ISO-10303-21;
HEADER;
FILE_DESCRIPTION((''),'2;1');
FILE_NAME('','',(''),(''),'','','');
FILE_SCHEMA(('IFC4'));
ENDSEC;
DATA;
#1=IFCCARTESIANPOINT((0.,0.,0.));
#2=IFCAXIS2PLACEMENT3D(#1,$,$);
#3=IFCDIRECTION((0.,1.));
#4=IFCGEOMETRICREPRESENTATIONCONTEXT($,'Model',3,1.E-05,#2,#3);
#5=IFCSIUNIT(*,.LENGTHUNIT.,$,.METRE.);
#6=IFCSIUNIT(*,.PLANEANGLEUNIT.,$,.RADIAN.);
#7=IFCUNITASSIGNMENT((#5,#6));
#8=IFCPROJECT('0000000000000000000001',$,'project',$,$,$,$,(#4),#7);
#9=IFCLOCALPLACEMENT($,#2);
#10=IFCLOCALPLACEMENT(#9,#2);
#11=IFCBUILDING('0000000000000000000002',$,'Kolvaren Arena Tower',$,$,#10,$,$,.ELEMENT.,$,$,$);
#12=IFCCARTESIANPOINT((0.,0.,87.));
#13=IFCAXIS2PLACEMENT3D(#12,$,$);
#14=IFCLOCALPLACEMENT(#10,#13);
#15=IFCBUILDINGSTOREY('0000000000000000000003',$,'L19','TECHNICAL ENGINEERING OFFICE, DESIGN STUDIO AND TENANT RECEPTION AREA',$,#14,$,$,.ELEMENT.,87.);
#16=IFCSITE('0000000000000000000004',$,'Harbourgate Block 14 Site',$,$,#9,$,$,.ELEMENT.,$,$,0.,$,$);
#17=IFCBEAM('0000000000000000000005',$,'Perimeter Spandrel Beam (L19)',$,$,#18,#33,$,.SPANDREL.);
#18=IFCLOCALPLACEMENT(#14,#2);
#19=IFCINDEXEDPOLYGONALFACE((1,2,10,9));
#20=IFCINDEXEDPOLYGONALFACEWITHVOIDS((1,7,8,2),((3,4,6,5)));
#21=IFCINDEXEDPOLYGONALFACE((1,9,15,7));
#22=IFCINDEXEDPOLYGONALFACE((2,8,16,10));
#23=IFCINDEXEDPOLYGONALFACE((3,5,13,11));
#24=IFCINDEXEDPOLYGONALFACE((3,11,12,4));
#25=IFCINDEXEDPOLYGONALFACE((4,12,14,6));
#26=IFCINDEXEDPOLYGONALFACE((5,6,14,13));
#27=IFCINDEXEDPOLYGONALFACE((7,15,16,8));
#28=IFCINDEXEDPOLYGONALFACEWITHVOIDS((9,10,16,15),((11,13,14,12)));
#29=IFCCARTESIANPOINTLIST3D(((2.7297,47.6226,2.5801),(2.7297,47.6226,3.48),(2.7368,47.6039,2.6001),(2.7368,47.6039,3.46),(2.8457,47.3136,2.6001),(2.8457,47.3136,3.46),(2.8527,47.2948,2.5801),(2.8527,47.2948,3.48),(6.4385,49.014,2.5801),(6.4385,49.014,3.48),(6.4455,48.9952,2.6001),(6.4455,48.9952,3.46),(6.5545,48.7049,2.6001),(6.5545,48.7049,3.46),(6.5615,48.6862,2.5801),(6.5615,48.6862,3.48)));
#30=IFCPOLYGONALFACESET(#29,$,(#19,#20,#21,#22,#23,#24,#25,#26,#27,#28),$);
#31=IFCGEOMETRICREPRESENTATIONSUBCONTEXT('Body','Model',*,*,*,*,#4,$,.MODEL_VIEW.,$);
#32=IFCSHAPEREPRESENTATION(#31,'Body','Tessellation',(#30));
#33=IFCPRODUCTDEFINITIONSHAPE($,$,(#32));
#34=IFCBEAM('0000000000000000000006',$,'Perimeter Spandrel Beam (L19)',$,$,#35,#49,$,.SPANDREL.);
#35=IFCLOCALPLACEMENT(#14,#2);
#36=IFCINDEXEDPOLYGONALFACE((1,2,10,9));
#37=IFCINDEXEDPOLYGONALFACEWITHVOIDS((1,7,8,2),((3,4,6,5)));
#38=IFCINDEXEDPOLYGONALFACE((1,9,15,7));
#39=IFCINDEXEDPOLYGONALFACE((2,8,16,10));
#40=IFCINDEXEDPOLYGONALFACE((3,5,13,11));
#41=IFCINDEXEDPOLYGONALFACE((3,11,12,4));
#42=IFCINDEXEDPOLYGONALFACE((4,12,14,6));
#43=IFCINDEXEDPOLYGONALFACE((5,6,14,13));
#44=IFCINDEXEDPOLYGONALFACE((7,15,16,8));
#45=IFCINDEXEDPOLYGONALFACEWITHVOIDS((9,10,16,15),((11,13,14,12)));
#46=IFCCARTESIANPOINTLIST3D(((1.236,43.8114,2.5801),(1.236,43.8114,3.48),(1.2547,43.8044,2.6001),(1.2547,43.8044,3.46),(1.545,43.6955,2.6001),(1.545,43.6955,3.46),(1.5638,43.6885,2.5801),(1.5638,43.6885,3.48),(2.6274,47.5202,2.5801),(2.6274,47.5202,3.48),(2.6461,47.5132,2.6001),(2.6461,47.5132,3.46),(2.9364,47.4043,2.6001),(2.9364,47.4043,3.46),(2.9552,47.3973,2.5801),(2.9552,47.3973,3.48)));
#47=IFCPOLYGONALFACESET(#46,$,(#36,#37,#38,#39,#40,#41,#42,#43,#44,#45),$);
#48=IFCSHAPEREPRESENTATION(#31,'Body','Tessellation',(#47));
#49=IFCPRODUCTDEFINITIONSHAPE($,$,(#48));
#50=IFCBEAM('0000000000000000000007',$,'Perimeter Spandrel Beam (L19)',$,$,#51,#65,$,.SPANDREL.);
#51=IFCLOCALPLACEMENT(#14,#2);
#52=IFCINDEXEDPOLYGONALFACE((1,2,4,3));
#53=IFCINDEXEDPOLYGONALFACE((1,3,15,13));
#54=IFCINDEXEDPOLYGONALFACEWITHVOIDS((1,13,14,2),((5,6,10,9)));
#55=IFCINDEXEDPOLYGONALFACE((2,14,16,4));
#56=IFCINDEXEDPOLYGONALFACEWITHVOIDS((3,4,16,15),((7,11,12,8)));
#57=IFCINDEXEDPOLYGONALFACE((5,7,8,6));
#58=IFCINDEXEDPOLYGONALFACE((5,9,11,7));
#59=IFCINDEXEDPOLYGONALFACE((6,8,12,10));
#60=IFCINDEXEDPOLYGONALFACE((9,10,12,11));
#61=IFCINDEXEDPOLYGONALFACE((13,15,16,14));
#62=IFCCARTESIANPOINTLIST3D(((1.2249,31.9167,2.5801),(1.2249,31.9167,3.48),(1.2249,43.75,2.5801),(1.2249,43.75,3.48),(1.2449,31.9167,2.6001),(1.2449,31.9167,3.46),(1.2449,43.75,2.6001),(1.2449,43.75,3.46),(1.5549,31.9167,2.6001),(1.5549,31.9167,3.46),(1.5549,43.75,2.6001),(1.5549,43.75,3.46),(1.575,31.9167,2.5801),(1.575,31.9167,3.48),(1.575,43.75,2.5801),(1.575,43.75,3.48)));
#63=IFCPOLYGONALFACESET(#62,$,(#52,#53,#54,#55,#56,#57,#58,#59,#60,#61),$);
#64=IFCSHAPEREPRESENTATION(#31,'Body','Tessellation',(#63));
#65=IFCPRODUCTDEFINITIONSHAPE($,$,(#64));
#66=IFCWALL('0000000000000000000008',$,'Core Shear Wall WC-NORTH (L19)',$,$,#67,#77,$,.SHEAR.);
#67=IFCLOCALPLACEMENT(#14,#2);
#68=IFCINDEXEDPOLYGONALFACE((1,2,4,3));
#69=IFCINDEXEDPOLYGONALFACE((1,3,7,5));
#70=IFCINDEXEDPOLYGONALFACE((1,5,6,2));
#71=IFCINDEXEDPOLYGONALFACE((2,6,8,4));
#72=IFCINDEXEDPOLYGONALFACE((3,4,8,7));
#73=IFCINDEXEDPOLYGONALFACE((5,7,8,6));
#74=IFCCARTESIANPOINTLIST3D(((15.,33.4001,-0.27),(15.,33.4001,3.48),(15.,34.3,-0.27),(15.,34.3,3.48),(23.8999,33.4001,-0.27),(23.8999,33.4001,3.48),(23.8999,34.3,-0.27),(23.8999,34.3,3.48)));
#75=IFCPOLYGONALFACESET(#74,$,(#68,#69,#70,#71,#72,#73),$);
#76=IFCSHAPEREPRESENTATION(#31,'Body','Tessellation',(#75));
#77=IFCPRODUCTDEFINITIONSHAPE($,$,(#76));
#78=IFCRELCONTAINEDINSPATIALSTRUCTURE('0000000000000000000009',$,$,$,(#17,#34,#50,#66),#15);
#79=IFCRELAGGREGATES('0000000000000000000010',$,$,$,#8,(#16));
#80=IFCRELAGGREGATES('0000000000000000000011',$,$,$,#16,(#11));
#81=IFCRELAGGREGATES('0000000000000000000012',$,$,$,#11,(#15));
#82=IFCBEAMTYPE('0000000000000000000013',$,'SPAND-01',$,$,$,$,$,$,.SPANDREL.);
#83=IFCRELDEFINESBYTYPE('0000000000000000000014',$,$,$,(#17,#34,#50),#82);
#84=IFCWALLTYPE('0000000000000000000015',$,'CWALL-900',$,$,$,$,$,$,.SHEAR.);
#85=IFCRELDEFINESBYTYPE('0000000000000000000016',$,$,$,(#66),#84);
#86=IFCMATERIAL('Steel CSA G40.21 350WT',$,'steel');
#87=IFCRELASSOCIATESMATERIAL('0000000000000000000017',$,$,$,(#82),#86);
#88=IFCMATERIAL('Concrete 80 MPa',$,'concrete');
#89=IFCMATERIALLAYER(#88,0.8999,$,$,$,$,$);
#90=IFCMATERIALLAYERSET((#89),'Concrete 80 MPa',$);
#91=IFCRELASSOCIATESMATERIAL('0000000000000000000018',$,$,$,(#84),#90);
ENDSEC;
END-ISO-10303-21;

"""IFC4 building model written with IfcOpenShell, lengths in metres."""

from ifc_helpers import new_model, si_unit, direction, frame, frame_2d, origin, origin_2d, place, context, subcontext, project, spatial, rectangle, hollow_rectangle, extrude, material, layer, layer_set, material_profile, profile_set, type_object, element, save


model = new_model("IFC4")

# Units and contexts
model_context = context("Model", 3, precision=1e-05, world=origin(), true_north=direction((0.0, 1.0)))
body_context = subcontext(model_context, "Body", "Model", "MODEL_VIEW")
ifc_project = project(units=[si_unit("LENGTHUNIT", "METRE"), si_unit("PLANEANGLEUNIT", "RADIAN")], contexts=[model_context])

# Site, building, storey
site_placement = place(None, origin())
site = spatial("IfcSite", under=ifc_project, at=site_placement, Name="Harbourgate Block 14 Site", CompositionType="ELEMENT", RefElevation=0.0)
building_placement = place(site_placement, origin())
building = spatial("IfcBuilding", under=site, at=building_placement, Name="Kolvaren Arena Tower", CompositionType="ELEMENT")
storey_placement = place(building_placement, frame((0.0, 0.0, 87.0)))
storey = spatial("IfcBuildingStorey", under=building, at=storey_placement, Name="L19", Description="TECHNICAL ENGINEERING OFFICE, DESIGN STUDIO AND TENANT RECEPTION AREA", CompositionType="ELEMENT", Elevation=87.0)

# Beams
ifc_material_1 = material(Name="Steel CSA G40.21 350WT", Category="steel")
ifc_material_profile_1 = material_profile(ifc_material_1, hollow_rectangle(XDim=0.3501, YDim=0.8999, WallThickness=0.02, at=origin_2d()), Name="HSS 900x350x20")
ifc_profile_set_1 = profile_set([ifc_material_profile_1], Name="Steel CSA G40.21 350WT")
beam_type_1 = type_object("IfcBeamType", Name="SPAND-01", PredefinedType="SPANDREL", material=ifc_profile_set_1)
for number, where, z_axis, x_axis, name in (
    (1, (6.5, 48.8501, 3.03), (-0.936281, -0.351252, 0.0), (0.351252, -0.936281, 0.0), "Perimeter Spandrel Beam (L19)"),
    (2, (2.7913, 47.4587, 3.03), (-0.351252, -0.936281, 0.0), (0.936281, -0.351252, 0.0), "Perimeter Spandrel Beam (L19)"),
):
    element("IfcBeam", number, at=place(storey_placement, frame(where, z_axis=z_axis, x_axis=x_axis)), inside=storey, type_object=beam_type_1, Name=name, PredefinedType="SPANDREL", context=body_context, shape_type="SweptSolid", body=[
        extrude(hollow_rectangle(XDim=0.3501, YDim=0.8999, WallThickness=0.02, at=origin_2d()), origin(), (0.0, 0.0, 1.0), 3.9612),
    ])
beam_1_placement = place(storey_placement, frame((1.3999, 43.75, 3.03), z_axis=(0.0, -1.0, 0.0), x_axis=(1.0, 0.0, 0.0)))
element("IfcBeam", 3, at=beam_1_placement, inside=storey, type_object=beam_type_1, Name="Perimeter Spandrel Beam (L19)", PredefinedType="SPANDREL", context=body_context, shape_type="SweptSolid", body=[
    extrude(hollow_rectangle(XDim=0.3501, YDim=0.8999, WallThickness=0.02, at=origin_2d()), origin(), (0.0, 0.0, 1.0), 11.8333),
])

# Wall
ifc_material_2 = material(Name="Concrete 80 MPa", Category="concrete")
ifc_layer_1 = layer(ifc_material_2, 0.8999)
ifc_layer_set_1 = layer_set([ifc_layer_1], Name="Concrete 80 MPa")
wall_type_1 = type_object("IfcWallType", Name="CWALL-900", PredefinedType="SHEAR", material=ifc_layer_set_1)
wall_1_placement = place(storey_placement, frame((15.0, 33.8501, -0.27), z_axis=(0.0, 0.0, 1.0), x_axis=(1.0, 0.0, 0.0)))
element("IfcWall", 4, at=wall_1_placement, inside=storey, type_object=wall_type_1, Name="Core Shear Wall WC-NORTH (L19)", PredefinedType="SHEAR", context=body_context, shape_type="SweptSolid", body=[
    extrude(rectangle(XDim=8.8999, YDim=0.8999, at=frame_2d((4.45, 0.0))), origin(), (0.0, 0.0, 1.0), 3.75),
])

save(model, "model.ifc")
